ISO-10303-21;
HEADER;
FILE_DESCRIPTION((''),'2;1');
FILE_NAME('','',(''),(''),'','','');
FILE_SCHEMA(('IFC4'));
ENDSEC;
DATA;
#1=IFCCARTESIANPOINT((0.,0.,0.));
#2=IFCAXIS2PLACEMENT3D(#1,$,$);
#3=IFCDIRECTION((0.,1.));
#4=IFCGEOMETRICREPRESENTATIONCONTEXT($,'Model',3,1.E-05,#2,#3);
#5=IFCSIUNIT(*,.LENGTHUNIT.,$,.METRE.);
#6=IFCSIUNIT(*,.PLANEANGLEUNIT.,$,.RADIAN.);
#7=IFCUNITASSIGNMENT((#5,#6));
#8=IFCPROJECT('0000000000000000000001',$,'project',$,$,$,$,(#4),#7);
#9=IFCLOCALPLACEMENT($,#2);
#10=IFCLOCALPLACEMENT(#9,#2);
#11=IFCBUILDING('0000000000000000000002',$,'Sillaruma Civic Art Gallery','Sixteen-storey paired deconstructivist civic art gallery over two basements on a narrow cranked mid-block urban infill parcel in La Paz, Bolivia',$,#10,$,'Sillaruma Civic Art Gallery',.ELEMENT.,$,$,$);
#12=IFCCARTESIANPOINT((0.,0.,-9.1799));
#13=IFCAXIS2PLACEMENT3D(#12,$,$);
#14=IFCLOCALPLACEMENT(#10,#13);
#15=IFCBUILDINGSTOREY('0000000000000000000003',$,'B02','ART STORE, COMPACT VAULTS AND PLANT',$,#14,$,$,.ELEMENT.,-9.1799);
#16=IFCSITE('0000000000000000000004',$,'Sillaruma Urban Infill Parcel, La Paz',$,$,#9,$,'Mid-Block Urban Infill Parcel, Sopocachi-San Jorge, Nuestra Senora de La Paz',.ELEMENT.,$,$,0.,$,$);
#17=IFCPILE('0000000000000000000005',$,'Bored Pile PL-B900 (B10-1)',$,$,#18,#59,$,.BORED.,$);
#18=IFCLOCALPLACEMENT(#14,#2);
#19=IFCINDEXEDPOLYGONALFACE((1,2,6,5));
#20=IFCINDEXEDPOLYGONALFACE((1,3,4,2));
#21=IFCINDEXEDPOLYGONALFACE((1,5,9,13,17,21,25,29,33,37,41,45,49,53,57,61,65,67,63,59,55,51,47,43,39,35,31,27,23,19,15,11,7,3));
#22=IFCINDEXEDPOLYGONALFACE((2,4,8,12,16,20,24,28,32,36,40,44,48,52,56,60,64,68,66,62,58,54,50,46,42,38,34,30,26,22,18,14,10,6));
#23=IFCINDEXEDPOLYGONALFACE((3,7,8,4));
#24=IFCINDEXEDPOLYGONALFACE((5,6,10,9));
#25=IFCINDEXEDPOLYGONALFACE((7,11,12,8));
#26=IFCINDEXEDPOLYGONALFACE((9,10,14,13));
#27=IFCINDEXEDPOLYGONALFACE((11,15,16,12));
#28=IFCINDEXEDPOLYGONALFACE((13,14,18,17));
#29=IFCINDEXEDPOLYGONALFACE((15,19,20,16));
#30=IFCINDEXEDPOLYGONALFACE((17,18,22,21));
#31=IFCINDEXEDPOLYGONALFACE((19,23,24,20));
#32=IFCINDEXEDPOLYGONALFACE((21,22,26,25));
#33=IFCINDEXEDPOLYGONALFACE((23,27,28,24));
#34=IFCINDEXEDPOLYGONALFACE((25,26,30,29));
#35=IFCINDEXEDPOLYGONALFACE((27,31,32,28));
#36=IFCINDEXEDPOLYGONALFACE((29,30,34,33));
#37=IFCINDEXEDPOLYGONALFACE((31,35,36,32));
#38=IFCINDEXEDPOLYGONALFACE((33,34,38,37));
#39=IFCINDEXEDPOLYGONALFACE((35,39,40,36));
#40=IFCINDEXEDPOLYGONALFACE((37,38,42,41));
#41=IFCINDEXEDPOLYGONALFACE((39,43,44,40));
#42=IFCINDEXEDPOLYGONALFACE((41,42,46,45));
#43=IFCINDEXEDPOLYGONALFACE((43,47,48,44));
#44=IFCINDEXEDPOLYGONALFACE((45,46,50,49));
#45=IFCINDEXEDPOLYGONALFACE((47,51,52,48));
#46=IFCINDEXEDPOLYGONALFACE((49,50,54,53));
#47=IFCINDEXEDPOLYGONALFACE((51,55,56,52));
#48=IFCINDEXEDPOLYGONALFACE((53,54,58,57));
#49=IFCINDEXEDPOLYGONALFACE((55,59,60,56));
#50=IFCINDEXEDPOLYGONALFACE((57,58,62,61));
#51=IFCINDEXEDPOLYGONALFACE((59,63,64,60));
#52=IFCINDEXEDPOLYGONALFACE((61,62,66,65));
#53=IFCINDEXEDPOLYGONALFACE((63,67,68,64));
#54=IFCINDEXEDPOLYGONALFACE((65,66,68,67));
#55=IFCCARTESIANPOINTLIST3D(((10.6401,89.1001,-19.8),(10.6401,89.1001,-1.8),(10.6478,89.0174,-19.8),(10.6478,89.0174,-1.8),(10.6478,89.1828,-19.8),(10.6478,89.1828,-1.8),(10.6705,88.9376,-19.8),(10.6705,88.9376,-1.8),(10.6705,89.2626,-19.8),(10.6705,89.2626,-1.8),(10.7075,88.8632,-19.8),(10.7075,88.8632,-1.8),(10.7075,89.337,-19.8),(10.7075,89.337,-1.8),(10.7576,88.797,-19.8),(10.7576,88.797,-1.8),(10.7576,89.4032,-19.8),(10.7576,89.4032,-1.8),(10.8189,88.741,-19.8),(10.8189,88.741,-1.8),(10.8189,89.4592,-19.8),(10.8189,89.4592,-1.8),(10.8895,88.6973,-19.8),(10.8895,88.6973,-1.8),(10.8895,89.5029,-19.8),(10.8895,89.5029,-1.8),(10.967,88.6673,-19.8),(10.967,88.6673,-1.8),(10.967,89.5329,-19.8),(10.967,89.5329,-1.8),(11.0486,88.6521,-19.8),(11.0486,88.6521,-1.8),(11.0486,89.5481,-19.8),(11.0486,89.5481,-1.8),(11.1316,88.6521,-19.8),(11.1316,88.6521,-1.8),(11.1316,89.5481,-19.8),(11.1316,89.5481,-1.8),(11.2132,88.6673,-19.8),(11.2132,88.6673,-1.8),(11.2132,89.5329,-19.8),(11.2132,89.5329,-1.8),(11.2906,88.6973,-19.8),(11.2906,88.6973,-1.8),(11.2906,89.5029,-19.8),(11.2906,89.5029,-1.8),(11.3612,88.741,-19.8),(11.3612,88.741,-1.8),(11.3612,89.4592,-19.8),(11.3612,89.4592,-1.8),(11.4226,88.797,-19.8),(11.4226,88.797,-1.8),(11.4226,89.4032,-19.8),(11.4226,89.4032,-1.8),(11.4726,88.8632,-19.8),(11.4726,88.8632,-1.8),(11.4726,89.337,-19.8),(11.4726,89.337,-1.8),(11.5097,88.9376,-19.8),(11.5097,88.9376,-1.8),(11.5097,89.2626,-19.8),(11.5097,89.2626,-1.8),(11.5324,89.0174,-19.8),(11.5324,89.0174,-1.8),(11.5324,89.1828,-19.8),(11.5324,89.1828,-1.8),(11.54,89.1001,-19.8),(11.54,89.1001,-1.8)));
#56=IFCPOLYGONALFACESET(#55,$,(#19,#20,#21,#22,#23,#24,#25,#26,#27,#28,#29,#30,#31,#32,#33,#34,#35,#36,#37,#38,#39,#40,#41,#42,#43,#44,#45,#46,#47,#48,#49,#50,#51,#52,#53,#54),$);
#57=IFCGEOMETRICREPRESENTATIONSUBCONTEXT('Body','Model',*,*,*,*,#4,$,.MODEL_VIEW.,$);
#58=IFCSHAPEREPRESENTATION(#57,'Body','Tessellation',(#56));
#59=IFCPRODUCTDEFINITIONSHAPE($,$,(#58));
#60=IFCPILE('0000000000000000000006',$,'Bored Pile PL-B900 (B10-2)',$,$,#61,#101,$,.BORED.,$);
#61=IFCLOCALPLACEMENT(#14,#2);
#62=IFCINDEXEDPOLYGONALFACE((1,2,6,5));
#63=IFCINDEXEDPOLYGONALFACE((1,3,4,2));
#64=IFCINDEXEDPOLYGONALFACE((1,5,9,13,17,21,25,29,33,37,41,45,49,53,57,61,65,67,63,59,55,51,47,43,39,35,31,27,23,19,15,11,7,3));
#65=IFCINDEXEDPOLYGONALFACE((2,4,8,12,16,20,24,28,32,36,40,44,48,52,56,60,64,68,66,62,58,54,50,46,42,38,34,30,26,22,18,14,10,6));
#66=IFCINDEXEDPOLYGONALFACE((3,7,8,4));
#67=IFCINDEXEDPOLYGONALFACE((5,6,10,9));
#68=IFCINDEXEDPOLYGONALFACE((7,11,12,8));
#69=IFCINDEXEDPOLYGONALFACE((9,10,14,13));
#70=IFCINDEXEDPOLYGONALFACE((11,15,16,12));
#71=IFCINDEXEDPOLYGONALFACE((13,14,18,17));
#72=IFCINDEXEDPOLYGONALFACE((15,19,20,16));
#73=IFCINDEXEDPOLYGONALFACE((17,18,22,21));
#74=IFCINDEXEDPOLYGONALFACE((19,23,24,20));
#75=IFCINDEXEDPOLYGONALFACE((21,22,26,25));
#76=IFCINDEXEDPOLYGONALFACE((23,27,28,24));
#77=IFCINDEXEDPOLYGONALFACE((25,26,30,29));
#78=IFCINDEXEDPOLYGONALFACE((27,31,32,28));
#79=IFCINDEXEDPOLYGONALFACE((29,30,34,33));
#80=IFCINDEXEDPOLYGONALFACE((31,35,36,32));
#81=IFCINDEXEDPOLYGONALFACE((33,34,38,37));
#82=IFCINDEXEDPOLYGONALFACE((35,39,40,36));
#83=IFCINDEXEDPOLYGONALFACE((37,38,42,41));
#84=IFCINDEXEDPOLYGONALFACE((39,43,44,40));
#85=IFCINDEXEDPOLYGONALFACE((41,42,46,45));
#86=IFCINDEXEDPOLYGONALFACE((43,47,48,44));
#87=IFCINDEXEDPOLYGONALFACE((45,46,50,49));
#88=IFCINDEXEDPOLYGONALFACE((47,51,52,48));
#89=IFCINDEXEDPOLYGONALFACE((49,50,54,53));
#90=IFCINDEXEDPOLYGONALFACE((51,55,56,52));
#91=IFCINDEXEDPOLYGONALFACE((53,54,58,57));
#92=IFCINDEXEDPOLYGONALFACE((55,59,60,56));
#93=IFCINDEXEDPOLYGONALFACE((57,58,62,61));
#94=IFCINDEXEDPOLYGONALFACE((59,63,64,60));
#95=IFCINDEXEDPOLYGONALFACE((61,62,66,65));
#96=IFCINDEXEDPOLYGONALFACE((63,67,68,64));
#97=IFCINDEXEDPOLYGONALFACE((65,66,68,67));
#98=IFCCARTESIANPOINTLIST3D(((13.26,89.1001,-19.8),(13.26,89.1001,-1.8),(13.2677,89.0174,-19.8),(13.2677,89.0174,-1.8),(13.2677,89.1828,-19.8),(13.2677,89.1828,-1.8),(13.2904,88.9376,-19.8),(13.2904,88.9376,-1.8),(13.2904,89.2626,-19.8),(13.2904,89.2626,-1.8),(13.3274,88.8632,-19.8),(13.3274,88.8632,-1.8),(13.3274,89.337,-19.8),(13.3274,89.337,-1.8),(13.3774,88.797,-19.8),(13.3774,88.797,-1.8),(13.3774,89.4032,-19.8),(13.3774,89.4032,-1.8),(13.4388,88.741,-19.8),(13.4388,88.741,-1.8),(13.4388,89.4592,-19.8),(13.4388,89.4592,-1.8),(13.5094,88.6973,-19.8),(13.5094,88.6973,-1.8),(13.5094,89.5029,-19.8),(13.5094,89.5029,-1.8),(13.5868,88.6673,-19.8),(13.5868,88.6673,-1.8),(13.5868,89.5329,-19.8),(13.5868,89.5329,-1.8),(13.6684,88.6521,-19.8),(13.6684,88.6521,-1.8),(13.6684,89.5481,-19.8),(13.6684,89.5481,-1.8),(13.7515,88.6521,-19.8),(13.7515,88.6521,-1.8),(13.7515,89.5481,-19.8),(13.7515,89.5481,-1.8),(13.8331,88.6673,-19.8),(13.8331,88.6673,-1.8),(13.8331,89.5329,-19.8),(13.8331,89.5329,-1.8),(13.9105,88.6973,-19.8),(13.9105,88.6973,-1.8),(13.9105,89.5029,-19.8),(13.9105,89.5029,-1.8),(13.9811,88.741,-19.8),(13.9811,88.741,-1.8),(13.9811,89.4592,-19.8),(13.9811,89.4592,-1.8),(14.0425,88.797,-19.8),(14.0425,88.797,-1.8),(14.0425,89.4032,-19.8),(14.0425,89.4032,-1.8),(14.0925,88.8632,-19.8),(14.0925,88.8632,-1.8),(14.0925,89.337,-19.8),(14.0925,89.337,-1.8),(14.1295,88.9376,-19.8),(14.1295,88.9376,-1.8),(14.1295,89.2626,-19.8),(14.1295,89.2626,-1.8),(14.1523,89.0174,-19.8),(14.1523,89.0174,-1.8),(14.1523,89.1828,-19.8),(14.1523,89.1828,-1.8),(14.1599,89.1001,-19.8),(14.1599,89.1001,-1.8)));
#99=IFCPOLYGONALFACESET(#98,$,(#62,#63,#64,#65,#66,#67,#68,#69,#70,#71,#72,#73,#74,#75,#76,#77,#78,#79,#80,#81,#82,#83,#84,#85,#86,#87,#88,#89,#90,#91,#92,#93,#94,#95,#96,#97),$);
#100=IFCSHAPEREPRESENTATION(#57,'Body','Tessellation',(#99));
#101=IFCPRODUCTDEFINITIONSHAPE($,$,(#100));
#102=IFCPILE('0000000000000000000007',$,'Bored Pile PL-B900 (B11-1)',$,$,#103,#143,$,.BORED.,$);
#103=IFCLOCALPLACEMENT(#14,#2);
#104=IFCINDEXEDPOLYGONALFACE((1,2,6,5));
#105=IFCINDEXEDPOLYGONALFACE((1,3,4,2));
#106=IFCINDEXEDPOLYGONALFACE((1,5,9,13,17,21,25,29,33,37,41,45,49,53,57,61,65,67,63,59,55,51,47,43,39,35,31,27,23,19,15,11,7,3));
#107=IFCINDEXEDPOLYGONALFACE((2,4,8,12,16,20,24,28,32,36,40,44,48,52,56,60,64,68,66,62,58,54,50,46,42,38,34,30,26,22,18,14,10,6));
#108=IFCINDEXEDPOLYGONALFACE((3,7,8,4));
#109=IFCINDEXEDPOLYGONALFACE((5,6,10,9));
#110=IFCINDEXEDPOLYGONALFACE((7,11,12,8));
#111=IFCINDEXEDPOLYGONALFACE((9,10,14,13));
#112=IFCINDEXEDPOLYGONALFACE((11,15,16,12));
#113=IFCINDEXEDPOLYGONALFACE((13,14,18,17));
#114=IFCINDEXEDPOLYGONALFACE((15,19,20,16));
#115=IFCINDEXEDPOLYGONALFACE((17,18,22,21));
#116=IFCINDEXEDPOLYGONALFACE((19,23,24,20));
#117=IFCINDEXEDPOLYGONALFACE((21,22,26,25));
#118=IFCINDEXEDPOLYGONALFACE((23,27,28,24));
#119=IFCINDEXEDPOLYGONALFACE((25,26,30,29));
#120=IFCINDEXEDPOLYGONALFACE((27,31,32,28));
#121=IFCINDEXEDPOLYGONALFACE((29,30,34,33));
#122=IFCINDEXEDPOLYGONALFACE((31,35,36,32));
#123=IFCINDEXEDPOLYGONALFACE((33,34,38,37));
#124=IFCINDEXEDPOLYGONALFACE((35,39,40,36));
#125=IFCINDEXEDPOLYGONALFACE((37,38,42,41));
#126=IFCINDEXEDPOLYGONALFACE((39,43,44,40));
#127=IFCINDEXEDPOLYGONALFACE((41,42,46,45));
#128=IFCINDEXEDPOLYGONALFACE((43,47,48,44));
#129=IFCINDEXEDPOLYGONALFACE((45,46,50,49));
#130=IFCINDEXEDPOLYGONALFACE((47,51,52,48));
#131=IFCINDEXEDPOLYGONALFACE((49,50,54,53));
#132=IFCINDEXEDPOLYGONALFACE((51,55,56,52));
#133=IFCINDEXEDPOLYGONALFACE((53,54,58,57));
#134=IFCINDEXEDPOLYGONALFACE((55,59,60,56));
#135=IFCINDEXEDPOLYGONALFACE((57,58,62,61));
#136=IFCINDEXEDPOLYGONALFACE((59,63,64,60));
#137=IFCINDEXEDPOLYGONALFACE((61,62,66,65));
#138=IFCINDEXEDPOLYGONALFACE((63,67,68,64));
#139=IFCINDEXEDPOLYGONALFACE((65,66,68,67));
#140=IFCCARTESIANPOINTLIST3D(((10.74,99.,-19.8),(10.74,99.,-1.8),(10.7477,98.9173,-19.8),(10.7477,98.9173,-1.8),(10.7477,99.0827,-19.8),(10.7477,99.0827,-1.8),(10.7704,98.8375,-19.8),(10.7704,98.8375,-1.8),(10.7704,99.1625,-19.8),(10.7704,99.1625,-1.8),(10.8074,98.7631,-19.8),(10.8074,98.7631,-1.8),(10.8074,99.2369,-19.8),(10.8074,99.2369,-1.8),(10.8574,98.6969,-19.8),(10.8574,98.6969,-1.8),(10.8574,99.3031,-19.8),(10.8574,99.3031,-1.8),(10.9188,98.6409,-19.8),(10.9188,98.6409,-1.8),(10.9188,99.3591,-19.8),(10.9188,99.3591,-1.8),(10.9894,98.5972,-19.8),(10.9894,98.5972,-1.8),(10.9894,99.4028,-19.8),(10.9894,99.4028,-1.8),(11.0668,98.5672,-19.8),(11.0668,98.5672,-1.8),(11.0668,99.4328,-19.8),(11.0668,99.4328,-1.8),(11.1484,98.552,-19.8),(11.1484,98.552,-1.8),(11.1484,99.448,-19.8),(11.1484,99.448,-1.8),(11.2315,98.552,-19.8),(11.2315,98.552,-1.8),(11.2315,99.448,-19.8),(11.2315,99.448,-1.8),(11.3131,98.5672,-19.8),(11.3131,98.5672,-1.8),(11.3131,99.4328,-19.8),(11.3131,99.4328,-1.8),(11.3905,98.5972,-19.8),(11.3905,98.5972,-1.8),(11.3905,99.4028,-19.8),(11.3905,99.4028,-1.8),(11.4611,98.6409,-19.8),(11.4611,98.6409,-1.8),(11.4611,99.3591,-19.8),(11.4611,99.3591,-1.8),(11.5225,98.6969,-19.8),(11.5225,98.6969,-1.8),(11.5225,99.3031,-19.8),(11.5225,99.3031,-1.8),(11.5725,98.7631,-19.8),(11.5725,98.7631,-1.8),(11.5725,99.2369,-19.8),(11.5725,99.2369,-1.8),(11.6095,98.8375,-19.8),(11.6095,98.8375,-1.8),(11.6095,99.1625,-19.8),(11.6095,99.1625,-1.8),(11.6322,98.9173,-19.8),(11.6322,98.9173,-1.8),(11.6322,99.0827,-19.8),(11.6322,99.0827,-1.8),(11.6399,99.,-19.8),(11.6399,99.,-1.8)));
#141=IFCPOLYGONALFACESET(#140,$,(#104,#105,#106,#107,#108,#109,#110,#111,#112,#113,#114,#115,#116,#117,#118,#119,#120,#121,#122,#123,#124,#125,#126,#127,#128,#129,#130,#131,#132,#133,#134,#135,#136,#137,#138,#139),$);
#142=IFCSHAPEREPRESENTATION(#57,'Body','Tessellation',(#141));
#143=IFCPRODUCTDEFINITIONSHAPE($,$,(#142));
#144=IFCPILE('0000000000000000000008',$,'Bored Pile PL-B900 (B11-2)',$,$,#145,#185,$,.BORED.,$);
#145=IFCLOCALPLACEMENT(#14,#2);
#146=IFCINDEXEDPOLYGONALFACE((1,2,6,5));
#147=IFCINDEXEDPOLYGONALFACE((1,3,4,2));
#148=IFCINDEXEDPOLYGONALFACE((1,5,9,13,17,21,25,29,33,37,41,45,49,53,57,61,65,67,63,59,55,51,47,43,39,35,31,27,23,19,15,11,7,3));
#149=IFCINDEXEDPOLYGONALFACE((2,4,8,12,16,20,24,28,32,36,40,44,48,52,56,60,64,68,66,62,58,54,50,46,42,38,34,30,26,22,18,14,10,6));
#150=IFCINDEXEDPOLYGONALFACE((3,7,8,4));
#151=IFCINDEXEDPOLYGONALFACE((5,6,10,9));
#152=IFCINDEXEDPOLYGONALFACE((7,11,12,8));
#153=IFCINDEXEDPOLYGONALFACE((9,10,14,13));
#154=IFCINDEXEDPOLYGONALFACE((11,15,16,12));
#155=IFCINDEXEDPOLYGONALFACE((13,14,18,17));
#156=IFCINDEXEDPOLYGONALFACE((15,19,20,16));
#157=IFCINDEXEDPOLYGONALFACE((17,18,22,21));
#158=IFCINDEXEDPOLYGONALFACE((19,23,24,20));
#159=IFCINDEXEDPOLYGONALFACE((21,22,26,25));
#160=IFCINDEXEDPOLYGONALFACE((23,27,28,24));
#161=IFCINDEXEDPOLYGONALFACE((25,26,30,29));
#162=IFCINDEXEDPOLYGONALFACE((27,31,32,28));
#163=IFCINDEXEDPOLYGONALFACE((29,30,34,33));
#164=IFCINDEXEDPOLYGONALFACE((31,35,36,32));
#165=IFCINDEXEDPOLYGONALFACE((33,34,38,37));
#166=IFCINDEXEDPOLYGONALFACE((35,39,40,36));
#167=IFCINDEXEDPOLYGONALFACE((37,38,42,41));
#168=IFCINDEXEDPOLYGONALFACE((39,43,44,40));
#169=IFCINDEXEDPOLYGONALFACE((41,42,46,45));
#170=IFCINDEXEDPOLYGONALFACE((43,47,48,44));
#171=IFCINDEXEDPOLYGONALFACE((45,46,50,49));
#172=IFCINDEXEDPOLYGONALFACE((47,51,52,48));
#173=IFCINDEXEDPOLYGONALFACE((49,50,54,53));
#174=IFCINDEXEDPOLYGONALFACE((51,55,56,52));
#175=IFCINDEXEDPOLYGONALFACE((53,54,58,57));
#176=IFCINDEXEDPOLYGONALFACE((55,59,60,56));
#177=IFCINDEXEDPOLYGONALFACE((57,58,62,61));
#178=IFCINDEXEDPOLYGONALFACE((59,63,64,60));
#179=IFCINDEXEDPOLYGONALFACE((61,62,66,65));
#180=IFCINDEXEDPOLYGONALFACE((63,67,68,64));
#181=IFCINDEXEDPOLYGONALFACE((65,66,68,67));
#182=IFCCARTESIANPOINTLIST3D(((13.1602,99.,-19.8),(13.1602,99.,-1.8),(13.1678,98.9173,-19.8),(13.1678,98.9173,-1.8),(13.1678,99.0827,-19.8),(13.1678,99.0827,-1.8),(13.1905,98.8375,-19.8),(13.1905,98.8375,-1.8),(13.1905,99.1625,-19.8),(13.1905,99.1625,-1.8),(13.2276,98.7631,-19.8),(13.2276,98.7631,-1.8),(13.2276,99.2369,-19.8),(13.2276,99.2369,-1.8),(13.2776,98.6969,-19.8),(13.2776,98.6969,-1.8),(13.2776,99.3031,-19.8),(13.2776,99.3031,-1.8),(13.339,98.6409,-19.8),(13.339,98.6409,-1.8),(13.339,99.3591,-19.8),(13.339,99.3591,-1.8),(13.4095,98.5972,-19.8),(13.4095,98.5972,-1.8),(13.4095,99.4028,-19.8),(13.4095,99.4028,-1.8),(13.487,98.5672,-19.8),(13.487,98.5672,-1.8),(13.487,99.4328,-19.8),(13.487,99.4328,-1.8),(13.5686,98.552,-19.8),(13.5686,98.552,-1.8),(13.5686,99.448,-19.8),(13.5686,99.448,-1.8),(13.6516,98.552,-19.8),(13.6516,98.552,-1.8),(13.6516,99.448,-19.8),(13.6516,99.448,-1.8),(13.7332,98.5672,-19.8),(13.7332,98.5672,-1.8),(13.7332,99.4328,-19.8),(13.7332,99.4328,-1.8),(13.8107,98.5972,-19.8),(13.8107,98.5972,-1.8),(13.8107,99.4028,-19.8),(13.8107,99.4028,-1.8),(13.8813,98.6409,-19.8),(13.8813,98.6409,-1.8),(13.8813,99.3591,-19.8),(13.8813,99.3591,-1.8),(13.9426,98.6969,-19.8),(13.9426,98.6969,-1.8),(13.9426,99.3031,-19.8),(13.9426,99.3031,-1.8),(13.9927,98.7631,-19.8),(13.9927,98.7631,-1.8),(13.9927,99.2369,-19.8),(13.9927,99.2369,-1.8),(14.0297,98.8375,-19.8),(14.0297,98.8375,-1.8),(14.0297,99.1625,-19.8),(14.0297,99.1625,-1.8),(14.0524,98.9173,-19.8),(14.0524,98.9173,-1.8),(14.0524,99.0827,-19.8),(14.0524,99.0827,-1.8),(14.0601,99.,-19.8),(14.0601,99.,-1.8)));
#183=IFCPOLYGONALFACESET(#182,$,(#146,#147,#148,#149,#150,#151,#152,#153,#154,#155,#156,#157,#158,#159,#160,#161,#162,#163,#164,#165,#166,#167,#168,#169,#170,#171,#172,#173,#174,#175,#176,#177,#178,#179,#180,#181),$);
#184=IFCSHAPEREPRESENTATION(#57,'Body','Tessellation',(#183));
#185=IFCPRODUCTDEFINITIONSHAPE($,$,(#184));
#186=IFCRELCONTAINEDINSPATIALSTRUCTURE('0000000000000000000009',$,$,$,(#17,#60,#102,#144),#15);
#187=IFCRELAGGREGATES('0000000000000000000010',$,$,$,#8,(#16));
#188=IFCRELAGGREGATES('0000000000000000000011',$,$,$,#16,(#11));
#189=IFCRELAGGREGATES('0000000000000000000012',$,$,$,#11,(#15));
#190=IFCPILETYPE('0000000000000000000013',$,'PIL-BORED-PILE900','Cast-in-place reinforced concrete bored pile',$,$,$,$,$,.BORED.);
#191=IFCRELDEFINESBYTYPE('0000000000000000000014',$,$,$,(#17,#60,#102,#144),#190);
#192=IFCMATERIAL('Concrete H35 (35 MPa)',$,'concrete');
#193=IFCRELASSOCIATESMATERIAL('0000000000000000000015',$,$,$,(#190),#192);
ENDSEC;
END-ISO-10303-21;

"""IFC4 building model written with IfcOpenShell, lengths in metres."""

from ifc_helpers import new_model, si_unit, direction, frame, origin, origin_2d, place, context, subcontext, project, spatial, circle, extrude, material, material_profile, profile_set, type_object, element, save


model = new_model("IFC4")

# Units and contexts
model_context = context("Model", 3, precision=1e-05, world=origin(), true_north=direction((0.0, 1.0)))
body_context = subcontext(model_context, "Body", "Model", "MODEL_VIEW")
ifc_project = project(units=[si_unit("LENGTHUNIT", "METRE"), si_unit("PLANEANGLEUNIT", "RADIAN")], contexts=[model_context])

# Site, building, storey
site_placement = place(None, origin())
site = spatial("IfcSite", under=ifc_project, at=site_placement, Name="Sillaruma Urban Infill Parcel, La Paz", LongName="Mid-Block Urban Infill Parcel, Sopocachi-San Jorge, Nuestra Senora de La Paz", CompositionType="ELEMENT", RefElevation=0.0)
building_placement = place(site_placement, origin())
building = spatial("IfcBuilding", under=site, at=building_placement, Name="Sillaruma Civic Art Gallery", Description="Sixteen-storey paired deconstructivist civic art gallery over two basements on a narrow cranked mid-block urban infill parcel in La Paz, Bolivia", LongName="Sillaruma Civic Art Gallery", CompositionType="ELEMENT")
storey_placement = place(building_placement, frame((0.0, 0.0, -9.1799)))
storey = spatial("IfcBuildingStorey", under=building, at=storey_placement, Name="B02", Description="ART STORE, COMPACT VAULTS AND PLANT", CompositionType="ELEMENT", Elevation=-9.1799)

# Shared definitions
ifc_material_1 = material(Name="Concrete H35 (35 MPa)", Category="concrete")

# Piles
ifc_material_profile_1 = material_profile(ifc_material_1, circle(Radius=0.45, at=origin_2d()), Name="PILE900")
ifc_profile_set_1 = profile_set([ifc_material_profile_1], Name="Concrete H35 (35 MPa)")
pile_type_1 = type_object("IfcPileType", Name="PIL-BORED-PILE900", Description="Cast-in-place reinforced concrete bored pile", PredefinedType="BORED", material=ifc_profile_set_1)
for number, where, z_axis, x_axis, name in (
    (1, (11.0901, 89.1001, -1.8), (0.0, 0.0, -1.0), (1.0, 0.0, 0.0), "Bored Pile PL-B900 (B10-1)"),
    (2, (13.71, 89.1001, -1.8), (0.0, 0.0, -1.0), (1.0, 0.0, 0.0), "Bored Pile PL-B900 (B10-2)"),
    (3, (11.1899, 99.0, -1.8), (0.0, 0.0, -1.0), (1.0, 0.0, 0.0), "Bored Pile PL-B900 (B11-1)"),
    (4, (13.6101, 99.0, -1.8), (0.0, 0.0, -1.0), (1.0, 0.0, 0.0), "Bored Pile PL-B900 (B11-2)"),
):
    element("IfcPile", number, at=place(storey_placement, frame(where, z_axis=z_axis, x_axis=x_axis)), inside=storey, type_object=pile_type_1, Name=name, PredefinedType="BORED", context=body_context, shape_type="SweptSolid", body=[
        extrude(circle(Radius=0.45, at=origin_2d()), origin(), (0.0, 0.0, 1.0), 18.0),
    ])

save(model, "model.ifc")
